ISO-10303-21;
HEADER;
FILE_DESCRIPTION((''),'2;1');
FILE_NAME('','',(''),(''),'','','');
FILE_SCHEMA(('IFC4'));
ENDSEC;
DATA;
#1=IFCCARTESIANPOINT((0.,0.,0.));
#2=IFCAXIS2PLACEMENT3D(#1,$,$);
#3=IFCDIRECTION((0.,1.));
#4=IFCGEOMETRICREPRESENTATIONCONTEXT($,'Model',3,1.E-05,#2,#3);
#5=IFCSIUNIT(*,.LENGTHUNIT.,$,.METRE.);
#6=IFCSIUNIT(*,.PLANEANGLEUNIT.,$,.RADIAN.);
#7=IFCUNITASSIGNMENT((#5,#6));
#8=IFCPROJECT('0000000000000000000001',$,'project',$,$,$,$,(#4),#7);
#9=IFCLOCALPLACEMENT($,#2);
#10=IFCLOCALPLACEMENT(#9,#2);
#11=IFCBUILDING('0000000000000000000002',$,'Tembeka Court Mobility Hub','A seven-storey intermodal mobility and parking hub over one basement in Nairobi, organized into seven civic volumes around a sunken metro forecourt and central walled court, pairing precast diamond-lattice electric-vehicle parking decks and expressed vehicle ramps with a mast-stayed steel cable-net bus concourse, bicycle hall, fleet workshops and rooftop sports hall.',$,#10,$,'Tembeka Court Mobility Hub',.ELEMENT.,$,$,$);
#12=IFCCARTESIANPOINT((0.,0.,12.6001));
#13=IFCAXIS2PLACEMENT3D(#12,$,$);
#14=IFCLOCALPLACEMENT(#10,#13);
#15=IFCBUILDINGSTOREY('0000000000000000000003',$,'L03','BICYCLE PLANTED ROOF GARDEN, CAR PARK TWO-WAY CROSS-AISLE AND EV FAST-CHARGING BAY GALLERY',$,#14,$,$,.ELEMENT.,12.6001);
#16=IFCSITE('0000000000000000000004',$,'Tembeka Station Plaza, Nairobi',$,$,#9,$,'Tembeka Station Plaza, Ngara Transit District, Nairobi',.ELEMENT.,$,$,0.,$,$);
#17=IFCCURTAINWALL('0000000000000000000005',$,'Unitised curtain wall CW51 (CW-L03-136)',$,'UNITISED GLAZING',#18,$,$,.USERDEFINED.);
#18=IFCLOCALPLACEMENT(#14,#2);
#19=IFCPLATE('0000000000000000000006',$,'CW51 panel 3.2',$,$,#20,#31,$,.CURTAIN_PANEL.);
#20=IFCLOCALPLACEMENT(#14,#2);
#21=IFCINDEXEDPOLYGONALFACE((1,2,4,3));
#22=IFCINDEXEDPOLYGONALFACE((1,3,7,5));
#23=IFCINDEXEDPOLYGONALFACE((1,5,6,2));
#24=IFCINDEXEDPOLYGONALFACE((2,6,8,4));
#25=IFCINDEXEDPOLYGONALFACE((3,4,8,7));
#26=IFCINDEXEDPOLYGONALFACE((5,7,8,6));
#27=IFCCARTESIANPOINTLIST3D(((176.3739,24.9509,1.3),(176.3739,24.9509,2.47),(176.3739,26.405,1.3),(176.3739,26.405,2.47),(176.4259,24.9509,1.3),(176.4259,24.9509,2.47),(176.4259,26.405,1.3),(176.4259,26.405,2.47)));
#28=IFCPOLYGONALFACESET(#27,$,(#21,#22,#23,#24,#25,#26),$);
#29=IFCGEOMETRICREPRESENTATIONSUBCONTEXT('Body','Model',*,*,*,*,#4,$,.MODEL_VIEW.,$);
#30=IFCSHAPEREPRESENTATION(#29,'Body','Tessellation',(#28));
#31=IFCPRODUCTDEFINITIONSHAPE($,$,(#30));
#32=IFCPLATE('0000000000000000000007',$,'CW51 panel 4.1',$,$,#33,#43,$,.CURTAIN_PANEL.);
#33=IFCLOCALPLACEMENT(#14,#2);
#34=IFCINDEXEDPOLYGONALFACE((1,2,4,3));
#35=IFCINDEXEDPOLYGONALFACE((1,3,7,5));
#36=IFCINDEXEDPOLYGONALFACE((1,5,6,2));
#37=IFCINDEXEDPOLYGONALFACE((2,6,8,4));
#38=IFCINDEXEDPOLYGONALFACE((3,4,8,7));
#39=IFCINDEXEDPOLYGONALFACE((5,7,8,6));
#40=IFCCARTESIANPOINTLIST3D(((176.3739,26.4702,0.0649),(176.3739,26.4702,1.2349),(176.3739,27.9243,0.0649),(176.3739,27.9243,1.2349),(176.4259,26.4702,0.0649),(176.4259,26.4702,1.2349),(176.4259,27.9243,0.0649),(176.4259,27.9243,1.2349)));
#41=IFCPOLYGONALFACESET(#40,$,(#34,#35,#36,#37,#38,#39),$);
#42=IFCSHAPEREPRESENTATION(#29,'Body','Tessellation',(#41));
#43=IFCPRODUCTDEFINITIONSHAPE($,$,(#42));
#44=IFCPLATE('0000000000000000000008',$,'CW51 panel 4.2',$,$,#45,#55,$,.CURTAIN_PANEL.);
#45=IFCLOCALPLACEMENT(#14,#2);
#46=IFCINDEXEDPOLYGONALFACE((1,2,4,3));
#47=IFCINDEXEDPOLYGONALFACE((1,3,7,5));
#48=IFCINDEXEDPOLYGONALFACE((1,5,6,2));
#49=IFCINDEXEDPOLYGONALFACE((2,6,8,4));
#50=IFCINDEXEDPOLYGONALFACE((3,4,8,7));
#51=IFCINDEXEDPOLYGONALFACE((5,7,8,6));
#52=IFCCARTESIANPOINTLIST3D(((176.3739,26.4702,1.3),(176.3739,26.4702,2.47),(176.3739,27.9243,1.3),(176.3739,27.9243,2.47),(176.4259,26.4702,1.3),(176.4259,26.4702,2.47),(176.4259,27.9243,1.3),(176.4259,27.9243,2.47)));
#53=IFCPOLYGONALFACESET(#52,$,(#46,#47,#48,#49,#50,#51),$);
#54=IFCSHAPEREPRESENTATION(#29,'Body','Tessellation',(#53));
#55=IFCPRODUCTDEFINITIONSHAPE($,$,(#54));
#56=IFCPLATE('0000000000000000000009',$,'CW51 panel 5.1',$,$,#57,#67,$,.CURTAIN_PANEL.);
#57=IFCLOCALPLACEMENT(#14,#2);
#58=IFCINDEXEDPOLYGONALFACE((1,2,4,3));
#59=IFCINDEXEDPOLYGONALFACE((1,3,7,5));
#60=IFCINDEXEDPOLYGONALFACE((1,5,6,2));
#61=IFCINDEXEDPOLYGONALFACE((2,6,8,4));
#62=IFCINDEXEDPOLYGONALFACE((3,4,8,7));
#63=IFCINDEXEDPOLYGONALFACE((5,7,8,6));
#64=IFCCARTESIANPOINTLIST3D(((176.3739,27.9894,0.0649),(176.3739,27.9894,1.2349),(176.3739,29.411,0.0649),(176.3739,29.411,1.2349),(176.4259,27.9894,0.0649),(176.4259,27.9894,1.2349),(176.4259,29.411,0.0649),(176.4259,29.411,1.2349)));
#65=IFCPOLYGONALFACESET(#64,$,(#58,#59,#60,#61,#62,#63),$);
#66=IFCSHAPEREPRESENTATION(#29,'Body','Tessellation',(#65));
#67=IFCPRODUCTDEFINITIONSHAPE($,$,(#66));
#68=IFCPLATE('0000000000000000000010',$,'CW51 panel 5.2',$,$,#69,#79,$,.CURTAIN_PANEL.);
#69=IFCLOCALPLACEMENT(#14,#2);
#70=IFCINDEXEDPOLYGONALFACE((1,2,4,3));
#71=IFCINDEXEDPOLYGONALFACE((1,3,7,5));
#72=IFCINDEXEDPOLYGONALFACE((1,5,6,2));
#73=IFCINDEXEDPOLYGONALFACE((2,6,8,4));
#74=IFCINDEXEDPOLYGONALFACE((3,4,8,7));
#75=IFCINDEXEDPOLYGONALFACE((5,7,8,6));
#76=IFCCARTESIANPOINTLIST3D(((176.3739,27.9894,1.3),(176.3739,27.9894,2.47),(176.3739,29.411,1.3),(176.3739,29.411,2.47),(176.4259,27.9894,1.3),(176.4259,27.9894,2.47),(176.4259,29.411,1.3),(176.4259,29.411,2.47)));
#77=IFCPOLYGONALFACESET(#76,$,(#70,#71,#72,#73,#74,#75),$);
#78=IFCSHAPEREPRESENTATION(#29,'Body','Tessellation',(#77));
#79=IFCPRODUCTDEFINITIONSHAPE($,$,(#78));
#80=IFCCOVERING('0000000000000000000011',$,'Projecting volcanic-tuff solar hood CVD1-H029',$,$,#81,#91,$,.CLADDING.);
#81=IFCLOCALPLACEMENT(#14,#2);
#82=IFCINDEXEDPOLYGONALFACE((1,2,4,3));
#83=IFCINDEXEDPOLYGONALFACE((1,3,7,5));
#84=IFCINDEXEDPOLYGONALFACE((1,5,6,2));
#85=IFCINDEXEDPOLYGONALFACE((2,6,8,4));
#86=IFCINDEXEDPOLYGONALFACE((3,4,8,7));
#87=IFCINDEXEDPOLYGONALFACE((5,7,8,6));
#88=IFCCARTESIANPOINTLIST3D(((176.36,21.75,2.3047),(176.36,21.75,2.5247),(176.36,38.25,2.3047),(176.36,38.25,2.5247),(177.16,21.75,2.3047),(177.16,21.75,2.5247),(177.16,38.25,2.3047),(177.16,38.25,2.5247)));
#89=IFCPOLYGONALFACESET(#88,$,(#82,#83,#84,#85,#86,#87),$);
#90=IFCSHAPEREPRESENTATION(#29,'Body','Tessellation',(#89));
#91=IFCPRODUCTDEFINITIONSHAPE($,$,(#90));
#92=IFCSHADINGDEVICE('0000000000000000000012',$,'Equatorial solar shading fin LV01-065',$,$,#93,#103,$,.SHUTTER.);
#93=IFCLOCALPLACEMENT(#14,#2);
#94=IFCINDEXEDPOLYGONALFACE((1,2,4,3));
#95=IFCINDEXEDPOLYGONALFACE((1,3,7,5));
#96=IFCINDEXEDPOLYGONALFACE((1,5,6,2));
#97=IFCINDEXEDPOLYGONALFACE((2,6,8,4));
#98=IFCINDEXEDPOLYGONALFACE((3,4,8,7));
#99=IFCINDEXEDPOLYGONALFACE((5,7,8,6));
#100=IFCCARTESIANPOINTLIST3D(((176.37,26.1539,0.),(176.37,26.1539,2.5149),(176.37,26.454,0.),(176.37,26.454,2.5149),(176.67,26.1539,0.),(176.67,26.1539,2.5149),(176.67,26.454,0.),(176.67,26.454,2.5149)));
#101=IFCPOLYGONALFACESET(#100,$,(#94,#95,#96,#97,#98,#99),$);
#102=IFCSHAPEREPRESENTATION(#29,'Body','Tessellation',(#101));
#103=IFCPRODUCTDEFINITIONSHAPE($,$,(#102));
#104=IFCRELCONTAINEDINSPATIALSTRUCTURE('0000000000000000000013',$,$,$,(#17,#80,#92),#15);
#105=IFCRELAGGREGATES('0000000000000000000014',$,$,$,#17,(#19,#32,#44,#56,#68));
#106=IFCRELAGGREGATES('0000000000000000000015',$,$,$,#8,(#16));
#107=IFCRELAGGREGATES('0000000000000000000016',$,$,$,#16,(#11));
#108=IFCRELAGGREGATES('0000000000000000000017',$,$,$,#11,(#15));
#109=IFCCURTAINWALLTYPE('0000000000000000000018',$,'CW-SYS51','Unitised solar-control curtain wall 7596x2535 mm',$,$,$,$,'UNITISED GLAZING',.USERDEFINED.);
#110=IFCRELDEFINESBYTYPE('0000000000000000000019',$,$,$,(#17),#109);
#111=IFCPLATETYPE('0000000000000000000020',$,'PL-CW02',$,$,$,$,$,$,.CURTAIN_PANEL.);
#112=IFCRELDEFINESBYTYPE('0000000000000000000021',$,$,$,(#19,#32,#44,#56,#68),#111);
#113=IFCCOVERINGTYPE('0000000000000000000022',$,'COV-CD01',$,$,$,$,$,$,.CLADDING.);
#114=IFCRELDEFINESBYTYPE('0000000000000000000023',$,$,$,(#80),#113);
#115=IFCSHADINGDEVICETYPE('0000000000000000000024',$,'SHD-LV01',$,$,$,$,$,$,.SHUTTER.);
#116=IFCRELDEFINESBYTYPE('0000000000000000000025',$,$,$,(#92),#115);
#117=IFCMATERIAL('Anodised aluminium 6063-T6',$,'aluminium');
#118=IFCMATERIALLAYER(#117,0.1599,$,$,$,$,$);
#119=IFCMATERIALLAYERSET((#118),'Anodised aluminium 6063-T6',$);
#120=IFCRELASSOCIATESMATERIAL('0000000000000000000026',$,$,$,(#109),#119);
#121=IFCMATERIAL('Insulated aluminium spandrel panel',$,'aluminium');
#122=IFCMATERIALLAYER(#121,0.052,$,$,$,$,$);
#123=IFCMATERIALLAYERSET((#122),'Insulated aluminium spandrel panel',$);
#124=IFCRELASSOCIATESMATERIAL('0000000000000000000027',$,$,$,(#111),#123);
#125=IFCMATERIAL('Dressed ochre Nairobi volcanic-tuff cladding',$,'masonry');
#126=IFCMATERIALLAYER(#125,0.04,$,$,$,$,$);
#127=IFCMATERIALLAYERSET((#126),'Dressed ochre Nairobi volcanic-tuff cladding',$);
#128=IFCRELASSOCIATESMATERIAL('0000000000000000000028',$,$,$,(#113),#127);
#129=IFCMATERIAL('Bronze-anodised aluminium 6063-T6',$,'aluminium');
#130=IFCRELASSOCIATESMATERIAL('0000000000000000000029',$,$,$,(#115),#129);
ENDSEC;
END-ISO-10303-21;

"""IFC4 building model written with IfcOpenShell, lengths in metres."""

from ifc_helpers import new_model, si_unit, direction, frame, origin, origin_2d, place, context, subcontext, project, spatial, rectangle, extrude, material, layer, layer_set, material_profile, profile_set, type_object, element, aggregate, save


model = new_model("IFC4")

# Units and contexts
model_context = context("Model", 3, precision=1e-05, world=origin(), true_north=direction((0.0, 1.0)))
body_context = subcontext(model_context, "Body", "Model", "MODEL_VIEW")
ifc_project = project(units=[si_unit("LENGTHUNIT", "METRE"), si_unit("PLANEANGLEUNIT", "RADIAN")], contexts=[model_context])

# Site, building, storey
site_placement = place(None, origin())
site = spatial("IfcSite", under=ifc_project, at=site_placement, Name="Tembeka Station Plaza, Nairobi", LongName="Tembeka Station Plaza, Ngara Transit District, Nairobi", CompositionType="ELEMENT", RefElevation=0.0)
building_placement = place(site_placement, origin())
building = spatial("IfcBuilding", under=site, at=building_placement, Name="Tembeka Court Mobility Hub", Description="A seven-storey intermodal mobility and parking hub over one basement in Nairobi, organized into seven civic volumes around a sunken metro forecourt and central walled court, pairing precast diamond-lattice electric-vehicle parking decks and expressed vehicle ramps with a mast-stayed steel cable-net bus concourse, bicycle hall, fleet workshops and rooftop sports hall.", LongName="Tembeka Court Mobility Hub", CompositionType="ELEMENT")
storey_placement = place(building_placement, frame((0.0, 0.0, 12.6001)))
storey = spatial("IfcBuildingStorey", under=building, at=storey_placement, Name="L03", Description="BICYCLE PLANTED ROOF GARDEN, CAR PARK TWO-WAY CROSS-AISLE AND EV FAST-CHARGING BAY GALLERY", CompositionType="ELEMENT", Elevation=12.6001)

# Curtain wall
ifc_material_1 = material(Name="Anodised aluminium 6063-T6", Category="aluminium")
ifc_layer_1 = layer(ifc_material_1, 0.1599)
ifc_layer_set_1 = layer_set([ifc_layer_1], Name="Anodised aluminium 6063-T6")
curtain_wall_type_1 = type_object("IfcCurtainWallType", Name="CW-SYS51", Description="Unitised solar-control curtain wall 7596x2535 mm", ElementType="UNITISED GLAZING", PredefinedType="USERDEFINED", material=ifc_layer_set_1)
curtain_wall_1_placement = place(storey_placement, origin())
curtain_wall_1 = element("IfcCurtainWall", 1, at=curtain_wall_1_placement, inside=storey, type_object=curtain_wall_type_1, Name="Unitised curtain wall CW51 (CW-L03-136)", ObjectType="UNITISED GLAZING", PredefinedType="USERDEFINED")

# Plates
ifc_material_2 = material(Name="Insulated aluminium spandrel panel", Category="aluminium")
ifc_layer_2 = layer(ifc_material_2, 0.052)
ifc_layer_set_2 = layer_set([ifc_layer_2], Name="Insulated aluminium spandrel panel")
plate_type_1 = type_object("IfcPlateType", Name="PL-CW02", PredefinedType="CURTAIN_PANEL", material=ifc_layer_set_2)
plate_1_placement = place(storey_placement, frame((176.3999, 25.678, 1.3), z_axis=(0.0, 0.0, 1.0), x_axis=(0.0, 1.0, 0.0)))
plate_1 = element("IfcPlate", 2, at=plate_1_placement, type_object=plate_type_1, Name="CW51 panel 3.2", PredefinedType="CURTAIN_PANEL", context=body_context, shape_type="SweptSolid", body=[
    extrude(rectangle(XDim=1.4541, YDim=0.052, at=origin_2d()), origin(), (0.0, 0.0, 1.0), 1.1699),
])
plate_2_placement = place(storey_placement, frame((176.3999, 27.1973, 0.0649), z_axis=(0.0, 0.0, 1.0), x_axis=(0.0, 1.0, 0.0)))
plate_2 = element("IfcPlate", 3, at=plate_2_placement, type_object=plate_type_1, Name="CW51 panel 4.1", PredefinedType="CURTAIN_PANEL", context=body_context, shape_type="SweptSolid", body=[
    extrude(rectangle(XDim=1.4541, YDim=0.052, at=origin_2d()), origin(), (0.0, 0.0, 1.0), 1.1699),
])
plate_3_placement = place(storey_placement, frame((176.3999, 27.1973, 1.3), z_axis=(0.0, 0.0, 1.0), x_axis=(0.0, 1.0, 0.0)))
plate_3 = element("IfcPlate", 4, at=plate_3_placement, type_object=plate_type_1, Name="CW51 panel 4.2", PredefinedType="CURTAIN_PANEL", context=body_context, shape_type="SweptSolid", body=[
    extrude(rectangle(XDim=1.4541, YDim=0.052, at=origin_2d()), origin(), (0.0, 0.0, 1.0), 1.1699),
])
plate_4_placement = place(storey_placement, frame((176.3999, 28.7002, 0.0649), z_axis=(0.0, 0.0, 1.0), x_axis=(0.0, 1.0, 0.0)))
plate_4 = element("IfcPlate", 5, at=plate_4_placement, type_object=plate_type_1, Name="CW51 panel 5.1", PredefinedType="CURTAIN_PANEL", context=body_context, shape_type="SweptSolid", body=[
    extrude(rectangle(XDim=1.4216, YDim=0.052, at=origin_2d()), origin(), (0.0, 0.0, 1.0), 1.1699),
])
plate_5_placement = place(storey_placement, frame((176.3999, 28.7002, 1.3), z_axis=(0.0, 0.0, 1.0), x_axis=(0.0, 1.0, 0.0)))
plate_5 = element("IfcPlate", 6, at=plate_5_placement, type_object=plate_type_1, Name="CW51 panel 5.2", PredefinedType="CURTAIN_PANEL", context=body_context, shape_type="SweptSolid", body=[
    extrude(rectangle(XDim=1.4216, YDim=0.052, at=origin_2d()), origin(), (0.0, 0.0, 1.0), 1.1699),
])
aggregate(curtain_wall_1, [plate_1, plate_2, plate_3, plate_4, plate_5])

# Covering
ifc_material_3 = material(Name="Dressed ochre Nairobi volcanic-tuff cladding", Category="masonry")
ifc_layer_3 = layer(ifc_material_3, 0.04)
ifc_layer_set_3 = layer_set([ifc_layer_3], Name="Dressed ochre Nairobi volcanic-tuff cladding")
covering_type = type_object("IfcCoveringType", Name="COV-CD01", PredefinedType="CLADDING", material=ifc_layer_set_3)
covering_placement = place(storey_placement, frame((176.76, 30.0, 2.3047), z_axis=(0.0, 0.0, 1.0), x_axis=(0.0, 1.0, 0.0)))
element("IfcCovering", 7, at=covering_placement, inside=storey, type_object=covering_type, Name="Projecting volcanic-tuff solar hood CVD1-H029", PredefinedType="CLADDING", context=body_context, shape_type="SweptSolid", body=[
    extrude(rectangle(XDim=16.5, YDim=0.8, at=origin_2d()), origin(), (0.0, 0.0, 1.0), 0.22),
])

# Shading device
ifc_material_4 = material(Name="Bronze-anodised aluminium 6063-T6", Category="aluminium")
ifc_material_profile_1 = material_profile(ifc_material_4, rectangle(XDim=0.3, YDim=0.3, at=origin_2d()), Name="ALU-LVR 300x300")
ifc_profile_set_1 = profile_set([ifc_material_profile_1], Name="Bronze-anodised aluminium 6063-T6")
shading_device_type = type_object("IfcShadingDeviceType", Name="SHD-LV01", PredefinedType="SHUTTER", material=ifc_profile_set_1)
shading_device_placement = place(storey_placement, frame((176.52, 26.304, 0.0), z_axis=(0.0, 0.0, 1.0), x_axis=(1.0, 0.0, 0.0)))
element("IfcShadingDevice", 8, at=shading_device_placement, inside=storey, type_object=shading_device_type, Name="Equatorial solar shading fin LV01-065", PredefinedType="SHUTTER", context=body_context, shape_type="SweptSolid", body=[
    extrude(rectangle(XDim=0.3, YDim=0.3, at=origin_2d()), origin(), (0.0, 0.0, 1.0), 2.5149),
])

save(model, "model.ifc")
